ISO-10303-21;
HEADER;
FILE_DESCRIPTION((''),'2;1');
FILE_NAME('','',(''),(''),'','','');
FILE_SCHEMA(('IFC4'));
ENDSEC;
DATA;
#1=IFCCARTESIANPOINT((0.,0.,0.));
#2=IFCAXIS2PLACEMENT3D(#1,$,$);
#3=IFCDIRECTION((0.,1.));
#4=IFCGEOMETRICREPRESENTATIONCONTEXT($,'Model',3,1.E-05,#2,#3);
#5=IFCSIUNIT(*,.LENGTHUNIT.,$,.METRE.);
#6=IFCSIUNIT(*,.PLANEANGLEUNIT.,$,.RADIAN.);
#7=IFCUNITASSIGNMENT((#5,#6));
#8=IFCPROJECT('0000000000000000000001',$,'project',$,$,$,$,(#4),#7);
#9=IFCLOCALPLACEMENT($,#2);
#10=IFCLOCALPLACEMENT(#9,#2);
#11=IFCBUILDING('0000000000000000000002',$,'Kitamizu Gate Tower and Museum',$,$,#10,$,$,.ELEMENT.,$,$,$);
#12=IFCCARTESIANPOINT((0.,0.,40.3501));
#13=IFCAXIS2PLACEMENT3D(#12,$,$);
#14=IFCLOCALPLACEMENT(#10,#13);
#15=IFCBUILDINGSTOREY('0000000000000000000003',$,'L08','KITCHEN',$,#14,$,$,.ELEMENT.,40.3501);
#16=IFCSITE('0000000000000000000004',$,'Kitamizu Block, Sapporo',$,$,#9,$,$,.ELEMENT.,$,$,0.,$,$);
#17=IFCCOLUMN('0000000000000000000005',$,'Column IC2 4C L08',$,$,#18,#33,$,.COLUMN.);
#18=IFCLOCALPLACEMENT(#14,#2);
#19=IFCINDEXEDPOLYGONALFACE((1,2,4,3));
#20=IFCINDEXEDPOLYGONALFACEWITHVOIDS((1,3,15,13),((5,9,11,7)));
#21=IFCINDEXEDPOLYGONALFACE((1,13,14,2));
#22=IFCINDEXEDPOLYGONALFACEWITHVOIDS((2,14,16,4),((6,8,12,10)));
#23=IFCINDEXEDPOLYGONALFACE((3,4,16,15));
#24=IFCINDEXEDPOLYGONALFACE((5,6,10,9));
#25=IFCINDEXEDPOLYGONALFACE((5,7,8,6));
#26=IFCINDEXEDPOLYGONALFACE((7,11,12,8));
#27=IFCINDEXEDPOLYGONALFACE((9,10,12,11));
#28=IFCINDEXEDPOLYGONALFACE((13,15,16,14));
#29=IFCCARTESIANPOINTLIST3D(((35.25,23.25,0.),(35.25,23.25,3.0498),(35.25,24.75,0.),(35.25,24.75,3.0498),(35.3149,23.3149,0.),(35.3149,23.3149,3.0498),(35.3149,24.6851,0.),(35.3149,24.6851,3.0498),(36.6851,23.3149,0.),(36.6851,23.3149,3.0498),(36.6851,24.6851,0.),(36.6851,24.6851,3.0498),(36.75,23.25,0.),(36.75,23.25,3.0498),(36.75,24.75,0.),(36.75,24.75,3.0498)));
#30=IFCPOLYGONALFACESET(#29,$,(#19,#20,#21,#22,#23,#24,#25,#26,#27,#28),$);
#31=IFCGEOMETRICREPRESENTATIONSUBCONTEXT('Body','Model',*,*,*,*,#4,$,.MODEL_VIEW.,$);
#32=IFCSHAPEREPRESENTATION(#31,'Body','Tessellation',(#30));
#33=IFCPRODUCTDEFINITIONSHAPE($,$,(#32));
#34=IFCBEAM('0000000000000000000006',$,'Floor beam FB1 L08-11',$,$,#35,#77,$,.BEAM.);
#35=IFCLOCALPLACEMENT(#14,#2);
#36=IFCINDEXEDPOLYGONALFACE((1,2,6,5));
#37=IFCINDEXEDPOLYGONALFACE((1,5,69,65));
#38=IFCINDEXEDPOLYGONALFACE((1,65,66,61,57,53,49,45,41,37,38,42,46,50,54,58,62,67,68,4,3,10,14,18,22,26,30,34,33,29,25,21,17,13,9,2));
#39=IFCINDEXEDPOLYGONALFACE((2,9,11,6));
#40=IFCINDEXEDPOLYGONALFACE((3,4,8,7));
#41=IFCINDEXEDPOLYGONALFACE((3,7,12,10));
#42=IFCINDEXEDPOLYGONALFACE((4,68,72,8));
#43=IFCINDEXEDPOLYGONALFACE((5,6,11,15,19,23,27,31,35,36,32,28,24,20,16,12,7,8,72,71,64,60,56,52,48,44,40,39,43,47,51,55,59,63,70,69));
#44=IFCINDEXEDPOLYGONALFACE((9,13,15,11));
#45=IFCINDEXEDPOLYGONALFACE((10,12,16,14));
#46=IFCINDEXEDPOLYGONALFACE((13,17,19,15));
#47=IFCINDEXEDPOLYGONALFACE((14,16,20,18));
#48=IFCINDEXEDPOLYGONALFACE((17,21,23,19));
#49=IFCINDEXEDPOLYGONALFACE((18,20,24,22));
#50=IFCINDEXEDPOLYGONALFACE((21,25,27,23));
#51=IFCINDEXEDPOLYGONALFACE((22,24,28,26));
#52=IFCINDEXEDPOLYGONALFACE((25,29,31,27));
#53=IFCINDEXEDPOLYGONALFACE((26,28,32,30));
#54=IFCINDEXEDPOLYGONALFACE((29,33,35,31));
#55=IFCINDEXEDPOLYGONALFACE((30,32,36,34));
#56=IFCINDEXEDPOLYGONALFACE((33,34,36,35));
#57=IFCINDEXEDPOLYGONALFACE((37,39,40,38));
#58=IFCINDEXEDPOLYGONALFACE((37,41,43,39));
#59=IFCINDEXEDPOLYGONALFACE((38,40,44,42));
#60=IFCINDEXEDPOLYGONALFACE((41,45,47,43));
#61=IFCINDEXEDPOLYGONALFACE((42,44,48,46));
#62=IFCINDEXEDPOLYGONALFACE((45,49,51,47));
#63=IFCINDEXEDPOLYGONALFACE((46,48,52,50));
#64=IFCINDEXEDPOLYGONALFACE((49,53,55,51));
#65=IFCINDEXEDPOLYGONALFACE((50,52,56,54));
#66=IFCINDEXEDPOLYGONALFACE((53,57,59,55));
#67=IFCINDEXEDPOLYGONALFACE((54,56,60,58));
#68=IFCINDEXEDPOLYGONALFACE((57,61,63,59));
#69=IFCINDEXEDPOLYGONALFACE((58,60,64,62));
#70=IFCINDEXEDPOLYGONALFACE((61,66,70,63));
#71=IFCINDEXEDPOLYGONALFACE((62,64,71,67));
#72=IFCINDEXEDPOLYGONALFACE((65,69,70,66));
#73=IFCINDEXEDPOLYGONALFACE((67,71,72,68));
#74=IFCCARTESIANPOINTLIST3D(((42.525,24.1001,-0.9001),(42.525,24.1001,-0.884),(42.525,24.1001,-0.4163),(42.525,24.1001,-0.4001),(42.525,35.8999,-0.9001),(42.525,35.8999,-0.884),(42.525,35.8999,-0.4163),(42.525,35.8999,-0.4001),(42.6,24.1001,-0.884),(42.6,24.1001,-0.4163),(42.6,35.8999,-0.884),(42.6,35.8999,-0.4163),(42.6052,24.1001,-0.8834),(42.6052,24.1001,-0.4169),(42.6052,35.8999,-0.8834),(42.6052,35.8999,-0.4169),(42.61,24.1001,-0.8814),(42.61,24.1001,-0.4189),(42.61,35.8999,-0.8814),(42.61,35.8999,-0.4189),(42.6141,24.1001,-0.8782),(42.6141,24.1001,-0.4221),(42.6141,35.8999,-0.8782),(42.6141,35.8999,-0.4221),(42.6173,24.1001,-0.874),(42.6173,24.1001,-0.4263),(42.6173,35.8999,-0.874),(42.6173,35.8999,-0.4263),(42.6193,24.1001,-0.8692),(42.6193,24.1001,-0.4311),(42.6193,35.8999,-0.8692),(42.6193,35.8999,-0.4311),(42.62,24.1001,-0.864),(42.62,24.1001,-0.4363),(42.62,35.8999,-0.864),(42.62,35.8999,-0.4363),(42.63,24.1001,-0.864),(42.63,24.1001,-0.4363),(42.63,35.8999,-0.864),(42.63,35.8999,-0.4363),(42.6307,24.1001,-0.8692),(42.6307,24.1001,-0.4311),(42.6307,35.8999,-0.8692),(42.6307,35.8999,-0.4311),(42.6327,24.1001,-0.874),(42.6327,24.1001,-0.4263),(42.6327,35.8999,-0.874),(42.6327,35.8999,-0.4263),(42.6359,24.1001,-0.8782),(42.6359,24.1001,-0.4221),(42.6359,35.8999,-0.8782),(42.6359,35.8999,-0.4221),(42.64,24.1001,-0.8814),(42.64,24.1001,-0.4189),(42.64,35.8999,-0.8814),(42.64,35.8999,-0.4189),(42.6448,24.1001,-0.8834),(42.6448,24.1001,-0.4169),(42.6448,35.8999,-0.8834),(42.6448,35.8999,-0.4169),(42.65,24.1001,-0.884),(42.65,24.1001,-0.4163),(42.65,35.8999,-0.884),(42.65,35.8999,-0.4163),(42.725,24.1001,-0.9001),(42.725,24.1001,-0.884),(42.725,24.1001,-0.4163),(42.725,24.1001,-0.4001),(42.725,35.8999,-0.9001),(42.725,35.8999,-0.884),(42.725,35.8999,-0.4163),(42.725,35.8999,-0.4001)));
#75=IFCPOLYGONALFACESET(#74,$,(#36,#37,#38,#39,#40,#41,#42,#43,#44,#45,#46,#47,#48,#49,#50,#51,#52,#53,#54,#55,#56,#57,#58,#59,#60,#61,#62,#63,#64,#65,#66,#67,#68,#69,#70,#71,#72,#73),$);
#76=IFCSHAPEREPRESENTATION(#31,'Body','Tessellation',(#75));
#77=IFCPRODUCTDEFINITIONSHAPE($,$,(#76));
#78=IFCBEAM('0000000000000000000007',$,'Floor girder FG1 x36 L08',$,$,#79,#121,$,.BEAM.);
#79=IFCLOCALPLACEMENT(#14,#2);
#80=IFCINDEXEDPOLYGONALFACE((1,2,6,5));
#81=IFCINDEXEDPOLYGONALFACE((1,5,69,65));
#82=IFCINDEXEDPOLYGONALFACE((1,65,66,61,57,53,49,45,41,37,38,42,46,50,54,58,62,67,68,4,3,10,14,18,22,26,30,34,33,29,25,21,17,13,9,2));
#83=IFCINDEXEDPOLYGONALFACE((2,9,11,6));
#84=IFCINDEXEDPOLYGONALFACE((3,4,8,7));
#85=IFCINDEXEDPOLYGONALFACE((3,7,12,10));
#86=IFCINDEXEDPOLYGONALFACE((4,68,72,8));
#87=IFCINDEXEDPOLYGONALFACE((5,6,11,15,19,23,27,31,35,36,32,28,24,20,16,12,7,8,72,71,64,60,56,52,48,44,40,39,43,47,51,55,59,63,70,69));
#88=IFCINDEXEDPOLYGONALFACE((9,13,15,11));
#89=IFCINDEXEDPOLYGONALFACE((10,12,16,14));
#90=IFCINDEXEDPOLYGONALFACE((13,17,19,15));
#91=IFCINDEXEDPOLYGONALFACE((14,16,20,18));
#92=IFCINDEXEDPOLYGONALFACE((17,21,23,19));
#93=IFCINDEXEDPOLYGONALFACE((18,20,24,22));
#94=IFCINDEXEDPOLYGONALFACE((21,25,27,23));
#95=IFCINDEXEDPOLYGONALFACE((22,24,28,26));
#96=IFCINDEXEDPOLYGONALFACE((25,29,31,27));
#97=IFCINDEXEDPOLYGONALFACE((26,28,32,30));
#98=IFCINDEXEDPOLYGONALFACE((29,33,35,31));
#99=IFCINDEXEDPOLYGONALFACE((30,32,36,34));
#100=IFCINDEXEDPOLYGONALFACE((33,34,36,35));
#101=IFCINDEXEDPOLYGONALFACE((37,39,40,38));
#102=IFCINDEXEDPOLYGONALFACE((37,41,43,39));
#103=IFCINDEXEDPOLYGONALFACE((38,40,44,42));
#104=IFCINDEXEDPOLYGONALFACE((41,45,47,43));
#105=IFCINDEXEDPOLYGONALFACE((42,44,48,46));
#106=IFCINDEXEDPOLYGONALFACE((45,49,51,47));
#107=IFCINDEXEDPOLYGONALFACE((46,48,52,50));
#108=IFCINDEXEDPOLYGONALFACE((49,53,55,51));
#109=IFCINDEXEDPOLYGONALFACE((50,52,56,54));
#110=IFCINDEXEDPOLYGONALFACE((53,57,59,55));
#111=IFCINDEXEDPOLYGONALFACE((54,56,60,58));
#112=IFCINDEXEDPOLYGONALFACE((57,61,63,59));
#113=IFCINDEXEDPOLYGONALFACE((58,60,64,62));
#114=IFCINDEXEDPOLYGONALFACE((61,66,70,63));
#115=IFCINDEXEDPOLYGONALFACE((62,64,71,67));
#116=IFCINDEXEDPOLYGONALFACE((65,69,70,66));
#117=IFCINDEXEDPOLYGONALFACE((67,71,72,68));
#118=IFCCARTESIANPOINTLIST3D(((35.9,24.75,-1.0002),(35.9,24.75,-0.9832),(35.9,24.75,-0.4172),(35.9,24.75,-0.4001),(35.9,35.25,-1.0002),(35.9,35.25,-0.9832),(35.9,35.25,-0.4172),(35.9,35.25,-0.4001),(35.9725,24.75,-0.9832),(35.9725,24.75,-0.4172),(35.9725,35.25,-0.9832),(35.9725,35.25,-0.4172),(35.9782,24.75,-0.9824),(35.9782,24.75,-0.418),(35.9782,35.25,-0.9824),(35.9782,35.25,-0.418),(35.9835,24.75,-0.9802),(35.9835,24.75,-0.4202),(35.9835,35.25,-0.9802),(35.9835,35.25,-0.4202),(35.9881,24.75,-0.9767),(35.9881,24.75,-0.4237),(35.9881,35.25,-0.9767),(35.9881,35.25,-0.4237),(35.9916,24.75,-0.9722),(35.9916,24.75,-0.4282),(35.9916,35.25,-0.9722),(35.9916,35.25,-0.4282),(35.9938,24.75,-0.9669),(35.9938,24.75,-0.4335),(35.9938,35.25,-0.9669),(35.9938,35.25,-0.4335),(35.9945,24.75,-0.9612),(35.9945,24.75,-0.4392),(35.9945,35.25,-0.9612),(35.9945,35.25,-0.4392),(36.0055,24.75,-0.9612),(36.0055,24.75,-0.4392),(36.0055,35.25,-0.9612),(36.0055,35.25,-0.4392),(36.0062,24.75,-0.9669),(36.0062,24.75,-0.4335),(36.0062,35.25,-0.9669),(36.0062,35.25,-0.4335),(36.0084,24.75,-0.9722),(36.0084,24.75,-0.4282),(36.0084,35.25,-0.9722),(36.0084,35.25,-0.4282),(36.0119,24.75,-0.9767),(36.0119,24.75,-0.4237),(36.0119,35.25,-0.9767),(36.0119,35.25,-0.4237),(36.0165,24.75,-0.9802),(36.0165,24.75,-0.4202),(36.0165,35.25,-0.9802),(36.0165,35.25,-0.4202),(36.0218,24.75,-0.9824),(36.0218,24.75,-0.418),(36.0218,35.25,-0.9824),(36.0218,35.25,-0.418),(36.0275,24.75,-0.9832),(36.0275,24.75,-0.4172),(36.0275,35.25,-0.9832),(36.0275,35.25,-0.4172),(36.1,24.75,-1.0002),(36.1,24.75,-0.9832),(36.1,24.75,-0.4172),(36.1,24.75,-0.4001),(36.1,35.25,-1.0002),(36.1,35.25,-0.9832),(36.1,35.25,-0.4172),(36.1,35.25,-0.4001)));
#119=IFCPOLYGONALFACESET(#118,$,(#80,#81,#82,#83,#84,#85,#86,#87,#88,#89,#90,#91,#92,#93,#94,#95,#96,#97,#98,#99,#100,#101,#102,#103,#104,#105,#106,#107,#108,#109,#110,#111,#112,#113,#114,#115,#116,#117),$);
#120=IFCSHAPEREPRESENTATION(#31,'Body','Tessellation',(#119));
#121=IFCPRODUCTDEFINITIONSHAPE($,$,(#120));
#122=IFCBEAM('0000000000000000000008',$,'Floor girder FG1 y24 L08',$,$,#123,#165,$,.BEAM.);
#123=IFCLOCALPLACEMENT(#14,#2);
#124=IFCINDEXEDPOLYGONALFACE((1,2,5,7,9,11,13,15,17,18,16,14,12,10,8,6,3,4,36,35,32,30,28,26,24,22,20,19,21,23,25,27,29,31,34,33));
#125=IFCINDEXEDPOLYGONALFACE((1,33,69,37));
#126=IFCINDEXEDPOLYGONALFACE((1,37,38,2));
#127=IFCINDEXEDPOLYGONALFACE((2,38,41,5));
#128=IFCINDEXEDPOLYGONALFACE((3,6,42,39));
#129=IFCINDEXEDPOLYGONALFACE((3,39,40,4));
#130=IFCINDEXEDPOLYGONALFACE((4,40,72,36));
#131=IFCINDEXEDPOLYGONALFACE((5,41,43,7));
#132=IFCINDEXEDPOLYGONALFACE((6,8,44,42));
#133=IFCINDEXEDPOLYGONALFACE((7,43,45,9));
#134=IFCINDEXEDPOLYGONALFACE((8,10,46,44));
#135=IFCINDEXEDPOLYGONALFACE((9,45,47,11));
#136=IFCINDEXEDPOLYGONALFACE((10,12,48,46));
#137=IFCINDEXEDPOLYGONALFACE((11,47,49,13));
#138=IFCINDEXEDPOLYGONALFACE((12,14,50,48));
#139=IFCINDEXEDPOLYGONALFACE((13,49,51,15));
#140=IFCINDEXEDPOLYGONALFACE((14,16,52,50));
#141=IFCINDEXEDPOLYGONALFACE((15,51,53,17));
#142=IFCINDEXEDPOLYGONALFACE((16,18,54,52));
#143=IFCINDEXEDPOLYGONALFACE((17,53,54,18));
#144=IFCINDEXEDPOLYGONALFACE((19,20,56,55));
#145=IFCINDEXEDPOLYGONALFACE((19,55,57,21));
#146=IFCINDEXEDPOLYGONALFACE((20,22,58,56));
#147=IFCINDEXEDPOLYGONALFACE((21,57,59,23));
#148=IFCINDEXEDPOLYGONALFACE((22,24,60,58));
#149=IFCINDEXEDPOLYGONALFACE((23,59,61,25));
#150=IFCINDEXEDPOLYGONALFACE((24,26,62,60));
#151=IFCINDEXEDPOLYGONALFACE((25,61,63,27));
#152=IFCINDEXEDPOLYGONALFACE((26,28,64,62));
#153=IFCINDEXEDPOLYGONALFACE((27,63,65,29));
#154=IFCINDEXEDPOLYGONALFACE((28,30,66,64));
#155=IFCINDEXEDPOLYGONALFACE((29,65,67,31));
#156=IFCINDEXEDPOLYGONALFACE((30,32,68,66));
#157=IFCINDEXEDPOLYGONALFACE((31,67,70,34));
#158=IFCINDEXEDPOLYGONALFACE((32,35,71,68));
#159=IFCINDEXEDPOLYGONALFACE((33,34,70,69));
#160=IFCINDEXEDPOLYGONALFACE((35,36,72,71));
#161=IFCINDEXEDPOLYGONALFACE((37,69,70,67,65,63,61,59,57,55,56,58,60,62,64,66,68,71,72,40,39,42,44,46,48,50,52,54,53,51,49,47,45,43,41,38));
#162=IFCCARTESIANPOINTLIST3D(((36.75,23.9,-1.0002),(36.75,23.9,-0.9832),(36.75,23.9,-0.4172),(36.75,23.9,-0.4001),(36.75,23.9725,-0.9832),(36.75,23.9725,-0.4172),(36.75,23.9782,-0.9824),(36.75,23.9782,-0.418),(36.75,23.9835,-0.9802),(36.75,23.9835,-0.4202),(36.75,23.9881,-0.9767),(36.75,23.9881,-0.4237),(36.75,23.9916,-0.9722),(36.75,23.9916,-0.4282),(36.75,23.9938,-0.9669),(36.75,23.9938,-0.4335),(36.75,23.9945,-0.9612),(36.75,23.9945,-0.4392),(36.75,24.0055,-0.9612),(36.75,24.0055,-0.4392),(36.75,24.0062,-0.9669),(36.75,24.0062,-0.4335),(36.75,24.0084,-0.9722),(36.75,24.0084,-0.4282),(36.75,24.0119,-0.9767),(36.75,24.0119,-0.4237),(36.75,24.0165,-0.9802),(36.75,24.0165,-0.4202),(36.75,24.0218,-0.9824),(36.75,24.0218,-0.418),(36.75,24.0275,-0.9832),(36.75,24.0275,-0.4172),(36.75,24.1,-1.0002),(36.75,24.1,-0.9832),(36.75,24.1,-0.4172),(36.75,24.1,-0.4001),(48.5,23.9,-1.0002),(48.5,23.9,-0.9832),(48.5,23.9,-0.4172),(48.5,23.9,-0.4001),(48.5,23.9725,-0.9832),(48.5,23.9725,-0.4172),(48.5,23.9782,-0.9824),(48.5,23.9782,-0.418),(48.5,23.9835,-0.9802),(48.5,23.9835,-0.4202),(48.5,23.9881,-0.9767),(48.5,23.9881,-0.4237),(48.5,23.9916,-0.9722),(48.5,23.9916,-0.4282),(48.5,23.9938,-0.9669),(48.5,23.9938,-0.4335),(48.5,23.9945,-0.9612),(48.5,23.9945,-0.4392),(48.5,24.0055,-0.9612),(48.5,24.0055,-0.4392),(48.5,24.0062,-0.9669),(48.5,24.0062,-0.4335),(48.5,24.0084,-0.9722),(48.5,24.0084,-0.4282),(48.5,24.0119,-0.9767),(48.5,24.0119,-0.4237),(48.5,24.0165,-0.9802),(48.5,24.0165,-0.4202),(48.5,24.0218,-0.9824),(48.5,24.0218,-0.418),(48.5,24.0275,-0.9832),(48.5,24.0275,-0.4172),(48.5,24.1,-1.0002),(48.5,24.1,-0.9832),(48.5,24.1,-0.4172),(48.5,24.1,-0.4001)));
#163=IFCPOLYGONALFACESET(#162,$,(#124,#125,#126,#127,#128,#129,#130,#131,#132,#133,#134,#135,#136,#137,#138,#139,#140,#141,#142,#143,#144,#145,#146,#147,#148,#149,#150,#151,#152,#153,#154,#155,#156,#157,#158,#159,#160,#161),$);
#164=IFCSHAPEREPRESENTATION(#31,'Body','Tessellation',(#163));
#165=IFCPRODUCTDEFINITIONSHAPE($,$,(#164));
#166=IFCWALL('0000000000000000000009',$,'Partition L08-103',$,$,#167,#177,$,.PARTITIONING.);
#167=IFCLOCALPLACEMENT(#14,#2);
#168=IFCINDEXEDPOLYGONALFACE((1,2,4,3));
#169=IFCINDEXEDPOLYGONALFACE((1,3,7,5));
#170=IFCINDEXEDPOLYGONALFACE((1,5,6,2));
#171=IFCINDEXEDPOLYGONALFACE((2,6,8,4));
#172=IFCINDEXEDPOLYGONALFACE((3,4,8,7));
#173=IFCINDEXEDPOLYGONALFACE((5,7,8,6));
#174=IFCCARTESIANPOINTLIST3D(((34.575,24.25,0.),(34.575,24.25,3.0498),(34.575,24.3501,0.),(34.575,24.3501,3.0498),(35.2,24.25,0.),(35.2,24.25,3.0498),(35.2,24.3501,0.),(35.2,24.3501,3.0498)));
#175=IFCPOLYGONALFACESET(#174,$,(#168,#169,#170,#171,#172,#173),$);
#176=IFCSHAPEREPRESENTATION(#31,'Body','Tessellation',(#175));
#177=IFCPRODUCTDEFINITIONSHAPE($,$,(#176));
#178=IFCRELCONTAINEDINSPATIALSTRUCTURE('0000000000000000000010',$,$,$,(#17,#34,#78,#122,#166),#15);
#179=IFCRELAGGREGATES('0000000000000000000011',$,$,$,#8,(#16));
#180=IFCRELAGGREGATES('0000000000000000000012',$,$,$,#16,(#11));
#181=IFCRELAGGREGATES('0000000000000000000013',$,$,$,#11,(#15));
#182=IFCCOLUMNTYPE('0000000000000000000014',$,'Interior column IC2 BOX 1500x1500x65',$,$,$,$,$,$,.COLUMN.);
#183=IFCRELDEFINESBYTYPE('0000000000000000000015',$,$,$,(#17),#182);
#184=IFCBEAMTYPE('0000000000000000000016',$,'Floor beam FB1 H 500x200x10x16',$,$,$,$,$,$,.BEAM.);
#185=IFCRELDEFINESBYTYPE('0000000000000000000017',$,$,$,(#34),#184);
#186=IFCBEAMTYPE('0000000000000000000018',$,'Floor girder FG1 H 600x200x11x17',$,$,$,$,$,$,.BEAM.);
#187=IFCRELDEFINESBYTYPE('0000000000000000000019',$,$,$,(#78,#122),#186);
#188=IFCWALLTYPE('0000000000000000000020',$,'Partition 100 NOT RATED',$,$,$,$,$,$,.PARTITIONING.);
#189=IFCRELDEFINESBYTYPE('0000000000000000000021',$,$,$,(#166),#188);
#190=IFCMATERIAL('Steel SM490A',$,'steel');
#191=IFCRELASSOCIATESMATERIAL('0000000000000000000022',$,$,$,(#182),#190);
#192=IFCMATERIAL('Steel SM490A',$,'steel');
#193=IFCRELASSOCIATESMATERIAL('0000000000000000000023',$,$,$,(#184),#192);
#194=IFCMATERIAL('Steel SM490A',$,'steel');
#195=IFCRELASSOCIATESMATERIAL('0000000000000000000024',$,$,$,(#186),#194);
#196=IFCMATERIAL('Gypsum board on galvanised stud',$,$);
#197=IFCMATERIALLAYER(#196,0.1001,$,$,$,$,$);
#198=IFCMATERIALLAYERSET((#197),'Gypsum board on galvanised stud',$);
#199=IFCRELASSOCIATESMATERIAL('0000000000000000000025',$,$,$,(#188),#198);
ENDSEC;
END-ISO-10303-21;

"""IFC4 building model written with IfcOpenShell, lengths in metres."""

from ifc_helpers import new_model, si_unit, direction, frame, frame_2d, origin, origin_2d, place, context, subcontext, project, spatial, rectangle, hollow_rectangle, i_section, extrude, material, layer, layer_set, material_profile, profile_set, type_object, element, save


model = new_model("IFC4")

# Units and contexts
model_context = context("Model", 3, precision=1e-05, world=origin(), true_north=direction((0.0, 1.0)))
body_context = subcontext(model_context, "Body", "Model", "MODEL_VIEW")
ifc_project = project(units=[si_unit("LENGTHUNIT", "METRE"), si_unit("PLANEANGLEUNIT", "RADIAN")], contexts=[model_context])

# Site, building, storey
site_placement = place(None, origin())
site = spatial("IfcSite", under=ifc_project, at=site_placement, Name="Kitamizu Block, Sapporo", CompositionType="ELEMENT", RefElevation=0.0)
building_placement = place(site_placement, origin())
building = spatial("IfcBuilding", under=site, at=building_placement, Name="Kitamizu Gate Tower and Museum", CompositionType="ELEMENT")
storey_placement = place(building_placement, frame((0.0, 0.0, 40.3501)))
storey = spatial("IfcBuildingStorey", under=building, at=storey_placement, Name="L08", Description="KITCHEN", CompositionType="ELEMENT", Elevation=40.3501)

# Column
ifc_material_1 = material(Name="Steel SM490A", Category="steel")
ifc_material_profile_1 = material_profile(ifc_material_1, hollow_rectangle(XDim=1.5, YDim=1.5, WallThickness=0.0649, at=origin_2d()), Name="BOX 1500x1500x65")
ifc_profile_set_1 = profile_set([ifc_material_profile_1], Name="Steel SM490A")
column_type = type_object("IfcColumnType", Name="Interior column IC2 BOX 1500x1500x65", PredefinedType="COLUMN", material=ifc_profile_set_1)
column_placement = place(storey_placement, frame((36.0, 24.0, 0.0), z_axis=(0.0, 0.0, 1.0), x_axis=(1.0, 0.0, 0.0)))
element("IfcColumn", 1, at=column_placement, inside=storey, type_object=column_type, Name="Column IC2 4C L08", PredefinedType="COLUMN", context=body_context, shape_type="SweptSolid", body=[
    extrude(hollow_rectangle(XDim=1.5, YDim=1.5, WallThickness=0.0649, at=origin_2d()), origin(), (0.0, 0.0, 1.0), 3.0498),
])

# Beams
ifc_material_2 = material(Name="Steel SM490A", Category="steel")
ifc_material_profile_2 = material_profile(ifc_material_2, i_section(OverallWidth=0.2, OverallDepth=0.5, WebThickness=0.01, FlangeThickness=0.0161, FilletRadius=0.02, at=origin_2d()), Name="H-500x200x10x16")
ifc_profile_set_2 = profile_set([ifc_material_profile_2], Name="Steel SM490A")
beam_type_1 = type_object("IfcBeamType", Name="Floor beam FB1 H 500x200x10x16", PredefinedType="BEAM", material=ifc_profile_set_2)
beam_1_placement = place(storey_placement, frame((42.625, 24.1001, -0.6501), z_axis=(0.0, 1.0, 0.0), x_axis=(-1.0, 0.0, 0.0)))
element("IfcBeam", 2, at=beam_1_placement, inside=storey, type_object=beam_type_1, Name="Floor beam FB1 L08-11", PredefinedType="BEAM", context=body_context, shape_type="SweptSolid", body=[
    extrude(i_section(OverallWidth=0.2, OverallDepth=0.5, WebThickness=0.01, FlangeThickness=0.0161, FilletRadius=0.02, at=origin_2d()), origin(), (0.0, 0.0, 1.0), 11.7998),
])
ifc_material_3 = material(Name="Steel SM490A", Category="steel")
ifc_material_profile_3 = material_profile(ifc_material_3, i_section(OverallWidth=0.2, OverallDepth=0.6001, WebThickness=0.011, FlangeThickness=0.0171, FilletRadius=0.022, at=origin_2d()), Name="H-600x200x11x17")
ifc_profile_set_3 = profile_set([ifc_material_profile_3], Name="Steel SM490A")
beam_type_2 = type_object("IfcBeamType", Name="Floor girder FG1 H 600x200x11x17", PredefinedType="BEAM", material=ifc_profile_set_3)
beam_2_placement = place(storey_placement, frame((36.0, 24.75, -0.7002), z_axis=(0.0, 1.0, 0.0), x_axis=(-1.0, 0.0, 0.0)))
element("IfcBeam", 3, at=beam_2_placement, inside=storey, type_object=beam_type_2, Name="Floor girder FG1 x36 L08", PredefinedType="BEAM", context=body_context, shape_type="SweptSolid", body=[
    extrude(i_section(OverallWidth=0.2, OverallDepth=0.6001, WebThickness=0.011, FlangeThickness=0.0171, FilletRadius=0.022, at=origin_2d()), origin(), (0.0, 0.0, 1.0), 10.5),
])
beam_3_placement = place(storey_placement, frame((36.75, 24.0, -0.7002), z_axis=(1.0, 0.0, 0.0), x_axis=(0.0, 1.0, 0.0)))
element("IfcBeam", 4, at=beam_3_placement, inside=storey, type_object=beam_type_2, Name="Floor girder FG1 y24 L08", PredefinedType="BEAM", context=body_context, shape_type="SweptSolid", body=[
    extrude(i_section(OverallWidth=0.2, OverallDepth=0.6001, WebThickness=0.011, FlangeThickness=0.0171, FilletRadius=0.022, at=origin_2d()), origin(), (0.0, 0.0, 1.0), 11.75),
])

# Wall
ifc_material_4 = material(Name="Gypsum board on galvanised stud")
ifc_layer_1 = layer(ifc_material_4, 0.1001)
ifc_layer_set_1 = layer_set([ifc_layer_1], Name="Gypsum board on galvanised stud")
wall_type_1 = type_object("IfcWallType", Name="Partition 100 NOT RATED", PredefinedType="PARTITIONING", material=ifc_layer_set_1)
wall_1_placement = place(storey_placement, frame((35.2, 24.3, 0.0), z_axis=(0.0, 0.0, 1.0), x_axis=(-1.0, 0.0, 0.0)))
element("IfcWall", 5, at=wall_1_placement, inside=storey, type_object=wall_type_1, Name="Partition L08-103", PredefinedType="PARTITIONING", context=body_context, shape_type="SweptSolid", body=[
    extrude(rectangle(XDim=0.625, YDim=0.1001, at=frame_2d((0.3125, 0.0))), origin(), (0.0, 0.0, 1.0), 3.0498),
])

save(model, "model.ifc")
